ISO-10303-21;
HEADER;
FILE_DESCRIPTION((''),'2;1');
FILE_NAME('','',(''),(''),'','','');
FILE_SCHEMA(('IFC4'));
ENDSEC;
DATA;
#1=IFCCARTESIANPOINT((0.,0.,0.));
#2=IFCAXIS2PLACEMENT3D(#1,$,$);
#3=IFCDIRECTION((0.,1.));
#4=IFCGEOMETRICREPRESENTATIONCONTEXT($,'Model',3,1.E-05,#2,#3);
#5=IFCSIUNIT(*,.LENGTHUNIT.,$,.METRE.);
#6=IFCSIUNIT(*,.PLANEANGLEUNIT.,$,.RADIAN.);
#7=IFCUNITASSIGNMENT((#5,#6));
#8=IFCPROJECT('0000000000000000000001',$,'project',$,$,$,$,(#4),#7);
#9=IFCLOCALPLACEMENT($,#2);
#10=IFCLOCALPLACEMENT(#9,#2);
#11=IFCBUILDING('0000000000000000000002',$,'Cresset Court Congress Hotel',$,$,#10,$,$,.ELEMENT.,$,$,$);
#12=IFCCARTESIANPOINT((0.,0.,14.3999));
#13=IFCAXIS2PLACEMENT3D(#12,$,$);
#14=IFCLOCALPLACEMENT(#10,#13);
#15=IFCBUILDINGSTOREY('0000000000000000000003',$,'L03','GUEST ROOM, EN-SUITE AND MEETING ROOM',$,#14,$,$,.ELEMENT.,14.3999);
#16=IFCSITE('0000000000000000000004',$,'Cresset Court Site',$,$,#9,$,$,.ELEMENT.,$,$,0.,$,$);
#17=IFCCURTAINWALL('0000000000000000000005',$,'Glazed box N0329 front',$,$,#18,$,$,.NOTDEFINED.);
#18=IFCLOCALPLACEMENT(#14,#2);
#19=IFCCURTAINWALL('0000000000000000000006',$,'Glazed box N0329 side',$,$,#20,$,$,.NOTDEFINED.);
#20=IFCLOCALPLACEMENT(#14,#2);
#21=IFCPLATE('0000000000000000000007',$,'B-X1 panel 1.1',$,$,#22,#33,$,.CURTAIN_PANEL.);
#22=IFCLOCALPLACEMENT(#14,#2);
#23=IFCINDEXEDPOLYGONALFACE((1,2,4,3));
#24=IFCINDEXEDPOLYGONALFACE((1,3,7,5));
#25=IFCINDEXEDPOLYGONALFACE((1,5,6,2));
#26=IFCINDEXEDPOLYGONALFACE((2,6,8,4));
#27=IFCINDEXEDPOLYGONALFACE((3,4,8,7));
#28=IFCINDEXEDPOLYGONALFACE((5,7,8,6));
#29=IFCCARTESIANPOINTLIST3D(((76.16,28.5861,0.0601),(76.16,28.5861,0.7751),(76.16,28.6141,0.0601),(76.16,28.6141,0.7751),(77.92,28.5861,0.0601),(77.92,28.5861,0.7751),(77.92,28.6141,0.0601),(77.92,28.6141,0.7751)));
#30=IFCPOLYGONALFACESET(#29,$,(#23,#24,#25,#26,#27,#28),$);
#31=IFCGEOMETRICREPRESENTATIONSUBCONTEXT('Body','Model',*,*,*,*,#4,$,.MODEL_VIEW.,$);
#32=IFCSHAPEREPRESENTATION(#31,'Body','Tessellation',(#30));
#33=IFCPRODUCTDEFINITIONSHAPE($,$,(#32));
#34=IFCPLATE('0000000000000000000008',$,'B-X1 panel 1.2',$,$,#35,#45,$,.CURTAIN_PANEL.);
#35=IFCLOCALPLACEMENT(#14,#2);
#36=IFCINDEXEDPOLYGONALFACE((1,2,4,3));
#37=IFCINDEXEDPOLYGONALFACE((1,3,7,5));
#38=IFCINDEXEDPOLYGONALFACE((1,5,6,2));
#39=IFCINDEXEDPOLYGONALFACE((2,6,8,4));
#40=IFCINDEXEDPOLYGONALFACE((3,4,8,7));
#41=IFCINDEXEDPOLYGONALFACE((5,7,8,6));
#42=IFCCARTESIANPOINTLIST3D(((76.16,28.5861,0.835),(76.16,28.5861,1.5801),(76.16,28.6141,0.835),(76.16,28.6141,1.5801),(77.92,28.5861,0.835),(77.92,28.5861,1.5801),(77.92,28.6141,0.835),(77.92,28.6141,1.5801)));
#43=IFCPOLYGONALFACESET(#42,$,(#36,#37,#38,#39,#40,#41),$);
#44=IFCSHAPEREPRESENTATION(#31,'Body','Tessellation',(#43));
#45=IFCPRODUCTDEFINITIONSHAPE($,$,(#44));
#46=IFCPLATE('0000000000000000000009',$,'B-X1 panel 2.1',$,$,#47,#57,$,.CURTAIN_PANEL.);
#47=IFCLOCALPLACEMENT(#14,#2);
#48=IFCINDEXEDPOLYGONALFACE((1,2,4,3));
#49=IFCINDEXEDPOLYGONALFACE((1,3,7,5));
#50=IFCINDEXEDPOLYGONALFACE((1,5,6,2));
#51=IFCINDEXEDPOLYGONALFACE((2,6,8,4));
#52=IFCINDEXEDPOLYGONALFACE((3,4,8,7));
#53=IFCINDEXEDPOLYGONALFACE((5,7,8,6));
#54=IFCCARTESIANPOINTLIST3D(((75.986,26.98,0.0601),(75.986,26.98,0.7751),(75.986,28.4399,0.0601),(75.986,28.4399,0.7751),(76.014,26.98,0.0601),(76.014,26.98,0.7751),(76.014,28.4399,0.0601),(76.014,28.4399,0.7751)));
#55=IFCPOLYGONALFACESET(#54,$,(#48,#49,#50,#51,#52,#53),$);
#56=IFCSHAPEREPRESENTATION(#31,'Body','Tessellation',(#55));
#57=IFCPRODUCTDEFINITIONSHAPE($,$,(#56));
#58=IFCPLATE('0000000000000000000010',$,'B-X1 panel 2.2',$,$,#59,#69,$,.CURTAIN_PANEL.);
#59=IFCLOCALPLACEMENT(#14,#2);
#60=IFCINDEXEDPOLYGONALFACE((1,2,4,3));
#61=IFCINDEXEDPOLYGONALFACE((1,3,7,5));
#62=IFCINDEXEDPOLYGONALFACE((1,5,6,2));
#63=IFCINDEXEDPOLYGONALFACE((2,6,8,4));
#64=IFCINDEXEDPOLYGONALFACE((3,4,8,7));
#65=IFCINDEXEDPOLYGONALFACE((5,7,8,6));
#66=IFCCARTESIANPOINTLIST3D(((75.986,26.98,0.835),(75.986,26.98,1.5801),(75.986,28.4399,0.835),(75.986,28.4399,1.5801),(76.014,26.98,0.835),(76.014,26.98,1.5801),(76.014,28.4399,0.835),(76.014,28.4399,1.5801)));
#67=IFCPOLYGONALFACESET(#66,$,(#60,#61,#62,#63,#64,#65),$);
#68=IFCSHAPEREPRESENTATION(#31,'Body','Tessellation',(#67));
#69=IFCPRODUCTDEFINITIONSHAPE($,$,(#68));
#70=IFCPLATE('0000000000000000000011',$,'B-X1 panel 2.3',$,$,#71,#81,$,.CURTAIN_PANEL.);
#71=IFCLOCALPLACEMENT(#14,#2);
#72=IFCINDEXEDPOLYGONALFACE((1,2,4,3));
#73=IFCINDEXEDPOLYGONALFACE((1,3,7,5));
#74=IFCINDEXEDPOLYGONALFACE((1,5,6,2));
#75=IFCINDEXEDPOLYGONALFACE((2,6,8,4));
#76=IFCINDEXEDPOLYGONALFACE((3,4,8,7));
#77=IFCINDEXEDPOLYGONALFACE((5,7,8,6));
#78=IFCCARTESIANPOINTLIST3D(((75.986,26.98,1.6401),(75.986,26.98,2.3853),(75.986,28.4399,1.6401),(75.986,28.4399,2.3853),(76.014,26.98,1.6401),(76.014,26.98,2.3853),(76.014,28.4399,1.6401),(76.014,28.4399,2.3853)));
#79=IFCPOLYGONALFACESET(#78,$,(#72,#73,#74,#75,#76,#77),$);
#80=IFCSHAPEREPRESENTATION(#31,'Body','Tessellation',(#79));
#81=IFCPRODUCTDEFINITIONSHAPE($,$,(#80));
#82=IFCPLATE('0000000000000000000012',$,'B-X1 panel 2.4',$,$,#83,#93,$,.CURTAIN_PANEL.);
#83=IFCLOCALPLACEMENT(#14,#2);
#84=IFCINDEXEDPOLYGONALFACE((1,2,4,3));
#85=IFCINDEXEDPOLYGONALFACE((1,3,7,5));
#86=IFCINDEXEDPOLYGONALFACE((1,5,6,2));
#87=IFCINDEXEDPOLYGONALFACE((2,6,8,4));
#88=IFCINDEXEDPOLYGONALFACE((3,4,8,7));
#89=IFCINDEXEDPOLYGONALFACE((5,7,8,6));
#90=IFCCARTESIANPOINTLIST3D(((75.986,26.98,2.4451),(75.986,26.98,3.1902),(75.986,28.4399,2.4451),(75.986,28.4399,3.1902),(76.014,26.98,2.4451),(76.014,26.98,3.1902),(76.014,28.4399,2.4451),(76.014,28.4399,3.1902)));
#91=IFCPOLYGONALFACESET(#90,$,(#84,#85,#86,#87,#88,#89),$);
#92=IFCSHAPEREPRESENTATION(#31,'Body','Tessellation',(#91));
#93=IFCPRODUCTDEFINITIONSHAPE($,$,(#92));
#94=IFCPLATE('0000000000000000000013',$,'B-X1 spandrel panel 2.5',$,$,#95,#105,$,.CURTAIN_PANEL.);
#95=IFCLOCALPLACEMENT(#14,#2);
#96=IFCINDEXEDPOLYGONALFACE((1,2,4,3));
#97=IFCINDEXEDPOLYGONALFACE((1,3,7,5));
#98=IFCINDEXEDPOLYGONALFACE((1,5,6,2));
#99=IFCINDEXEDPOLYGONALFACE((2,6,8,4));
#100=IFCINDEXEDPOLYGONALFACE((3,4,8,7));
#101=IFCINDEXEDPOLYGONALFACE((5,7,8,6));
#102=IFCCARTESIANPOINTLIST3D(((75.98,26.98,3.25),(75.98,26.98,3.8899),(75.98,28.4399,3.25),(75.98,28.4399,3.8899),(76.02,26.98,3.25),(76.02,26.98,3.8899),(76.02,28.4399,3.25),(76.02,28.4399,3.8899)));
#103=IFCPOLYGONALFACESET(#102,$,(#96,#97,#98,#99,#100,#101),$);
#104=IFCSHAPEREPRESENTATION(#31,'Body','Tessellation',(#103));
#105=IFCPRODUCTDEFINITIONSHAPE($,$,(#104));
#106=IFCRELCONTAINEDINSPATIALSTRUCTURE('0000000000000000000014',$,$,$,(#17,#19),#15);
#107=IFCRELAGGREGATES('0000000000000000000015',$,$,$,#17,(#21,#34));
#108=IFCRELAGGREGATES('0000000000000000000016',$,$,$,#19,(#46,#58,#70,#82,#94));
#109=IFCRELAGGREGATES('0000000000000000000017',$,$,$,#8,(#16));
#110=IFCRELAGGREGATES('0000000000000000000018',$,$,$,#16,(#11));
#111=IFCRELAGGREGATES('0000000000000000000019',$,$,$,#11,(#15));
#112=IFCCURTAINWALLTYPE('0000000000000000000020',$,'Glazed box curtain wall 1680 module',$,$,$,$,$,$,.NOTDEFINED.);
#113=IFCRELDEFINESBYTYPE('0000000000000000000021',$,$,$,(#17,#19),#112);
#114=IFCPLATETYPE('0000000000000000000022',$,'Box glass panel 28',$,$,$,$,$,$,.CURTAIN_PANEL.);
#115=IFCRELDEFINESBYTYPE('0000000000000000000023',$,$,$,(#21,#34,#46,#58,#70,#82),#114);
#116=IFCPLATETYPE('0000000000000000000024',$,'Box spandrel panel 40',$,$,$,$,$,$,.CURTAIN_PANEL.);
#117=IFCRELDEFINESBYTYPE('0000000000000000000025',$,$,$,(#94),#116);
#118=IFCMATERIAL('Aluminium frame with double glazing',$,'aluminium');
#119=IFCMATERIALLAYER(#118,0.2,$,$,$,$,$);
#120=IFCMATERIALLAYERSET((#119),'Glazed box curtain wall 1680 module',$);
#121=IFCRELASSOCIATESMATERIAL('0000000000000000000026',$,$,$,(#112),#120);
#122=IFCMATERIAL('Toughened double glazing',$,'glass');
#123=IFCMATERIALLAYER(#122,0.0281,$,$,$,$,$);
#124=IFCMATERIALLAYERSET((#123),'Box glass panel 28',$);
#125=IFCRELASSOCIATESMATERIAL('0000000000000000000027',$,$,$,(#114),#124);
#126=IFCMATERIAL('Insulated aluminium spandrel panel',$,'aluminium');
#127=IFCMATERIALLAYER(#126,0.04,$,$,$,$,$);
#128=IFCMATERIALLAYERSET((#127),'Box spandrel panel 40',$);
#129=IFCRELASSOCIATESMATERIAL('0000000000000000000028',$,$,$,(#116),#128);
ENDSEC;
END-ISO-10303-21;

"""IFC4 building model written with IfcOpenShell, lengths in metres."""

from ifc_helpers import new_model, si_unit, direction, frame, origin, origin_2d, place, context, subcontext, project, spatial, rectangle, extrude, material, layer, layer_set, type_object, element, aggregate, save


model = new_model("IFC4")

# Units and contexts
model_context = context("Model", 3, precision=1e-05, world=origin(), true_north=direction((0.0, 1.0)))
body_context = subcontext(model_context, "Body", "Model", "MODEL_VIEW")
ifc_project = project(units=[si_unit("LENGTHUNIT", "METRE"), si_unit("PLANEANGLEUNIT", "RADIAN")], contexts=[model_context])

# Site, building, storey
site_placement = place(None, origin())
site = spatial("IfcSite", under=ifc_project, at=site_placement, Name="Cresset Court Site", CompositionType="ELEMENT", RefElevation=0.0)
building_placement = place(site_placement, origin())
building = spatial("IfcBuilding", under=site, at=building_placement, Name="Cresset Court Congress Hotel", CompositionType="ELEMENT")
storey_placement = place(building_placement, frame((0.0, 0.0, 14.3999)))
storey = spatial("IfcBuildingStorey", under=building, at=storey_placement, Name="L03", Description="GUEST ROOM, EN-SUITE AND MEETING ROOM", CompositionType="ELEMENT", Elevation=14.3999)

# Curtain walls
ifc_material_1 = material(Name="Aluminium frame with double glazing", Category="aluminium")
ifc_layer_1 = layer(ifc_material_1, 0.2)
ifc_layer_set_1 = layer_set([ifc_layer_1], Name="Glazed box curtain wall 1680 module")
curtain_wall_type = type_object("IfcCurtainWallType", Name="Glazed box curtain wall 1680 module", PredefinedType="NOTDEFINED", material=ifc_layer_set_1)
curtain_wall_1_placement = place(storey_placement, origin())
curtain_wall_1 = element("IfcCurtainWall", 1, at=curtain_wall_1_placement, inside=storey, type_object=curtain_wall_type, Name="Glazed box N0329 front", PredefinedType="NOTDEFINED")
curtain_wall_2_placement = place(storey_placement, origin())
curtain_wall_2 = element("IfcCurtainWall", 2, at=curtain_wall_2_placement, inside=storey, type_object=curtain_wall_type, Name="Glazed box N0329 side", PredefinedType="NOTDEFINED")

# Plates
ifc_material_2 = material(Name="Toughened double glazing", Category="glass")
ifc_layer_2 = layer(ifc_material_2, 0.0281)
ifc_layer_set_2 = layer_set([ifc_layer_2], Name="Box glass panel 28")
plate_type_1 = type_object("IfcPlateType", Name="Box glass panel 28", PredefinedType="CURTAIN_PANEL", material=ifc_layer_set_2)
plate_1_placement = place(storey_placement, frame((77.04, 28.6001, 0.0601), z_axis=(0.0, 0.0, 1.0), x_axis=(1.0, 0.0, 0.0)))
plate_1 = element("IfcPlate", 3, at=plate_1_placement, type_object=plate_type_1, Name="B-X1 panel 1.1", PredefinedType="CURTAIN_PANEL", context=body_context, shape_type="SweptSolid", body=[
    extrude(rectangle(XDim=1.76, YDim=0.0281, at=origin_2d()), origin(), (0.0, 0.0, 1.0), 0.7151),
])
plate_2_placement = place(storey_placement, frame((77.04, 28.6001, 0.835), z_axis=(0.0, 0.0, 1.0), x_axis=(1.0, 0.0, 0.0)))
plate_2 = element("IfcPlate", 4, at=plate_2_placement, type_object=plate_type_1, Name="B-X1 panel 1.2", PredefinedType="CURTAIN_PANEL", context=body_context, shape_type="SweptSolid", body=[
    extrude(rectangle(XDim=1.76, YDim=0.0281, at=origin_2d()), origin(), (0.0, 0.0, 1.0), 0.7451),
])
aggregate(curtain_wall_1, [plate_1, plate_2])
plate_3_placement = place(storey_placement, frame((76.0, 27.71, 0.0601), z_axis=(0.0, 0.0, 1.0), x_axis=(0.0, 1.0, 0.0)))
plate_3 = element("IfcPlate", 5, at=plate_3_placement, type_object=plate_type_1, Name="B-X1 panel 2.1", PredefinedType="CURTAIN_PANEL", context=body_context, shape_type="SweptSolid", body=[
    extrude(rectangle(XDim=1.46, YDim=0.0281, at=origin_2d()), origin(), (0.0, 0.0, 1.0), 0.7151),
])
plate_4_placement = place(storey_placement, frame((76.0, 27.71, 0.835), z_axis=(0.0, 0.0, 1.0), x_axis=(0.0, 1.0, 0.0)))
plate_4 = element("IfcPlate", 6, at=plate_4_placement, type_object=plate_type_1, Name="B-X1 panel 2.2", PredefinedType="CURTAIN_PANEL", context=body_context, shape_type="SweptSolid", body=[
    extrude(rectangle(XDim=1.46, YDim=0.0281, at=origin_2d()), origin(), (0.0, 0.0, 1.0), 0.7451),
])
plate_5_placement = place(storey_placement, frame((76.0, 27.71, 1.6401), z_axis=(0.0, 0.0, 1.0), x_axis=(0.0, 1.0, 0.0)))
plate_5 = element("IfcPlate", 7, at=plate_5_placement, type_object=plate_type_1, Name="B-X1 panel 2.3", PredefinedType="CURTAIN_PANEL", context=body_context, shape_type="SweptSolid", body=[
    extrude(rectangle(XDim=1.46, YDim=0.0281, at=origin_2d()), origin(), (0.0, 0.0, 1.0), 0.7451),
])
plate_6_placement = place(storey_placement, frame((76.0, 27.71, 2.4451), z_axis=(0.0, 0.0, 1.0), x_axis=(0.0, 1.0, 0.0)))
plate_6 = element("IfcPlate", 8, at=plate_6_placement, type_object=plate_type_1, Name="B-X1 panel 2.4", PredefinedType="CURTAIN_PANEL", context=body_context, shape_type="SweptSolid", body=[
    extrude(rectangle(XDim=1.46, YDim=0.0281, at=origin_2d()), origin(), (0.0, 0.0, 1.0), 0.7451),
])
ifc_material_3 = material(Name="Insulated aluminium spandrel panel", Category="aluminium")
ifc_layer_3 = layer(ifc_material_3, 0.04)
ifc_layer_set_3 = layer_set([ifc_layer_3], Name="Box spandrel panel 40")
plate_type_2 = type_object("IfcPlateType", Name="Box spandrel panel 40", PredefinedType="CURTAIN_PANEL", material=ifc_layer_set_3)
plate_7_placement = place(storey_placement, frame((76.0, 27.71, 3.25), z_axis=(0.0, 0.0, 1.0), x_axis=(0.0, 1.0, 0.0)))
plate_7 = element("IfcPlate", 9, at=plate_7_placement, type_object=plate_type_2, Name="B-X1 spandrel panel 2.5", PredefinedType="CURTAIN_PANEL", context=body_context, shape_type="SweptSolid", body=[
    extrude(rectangle(XDim=1.46, YDim=0.04, at=origin_2d()), origin(), (0.0, 0.0, 1.0), 0.6399),
])
aggregate(curtain_wall_2, [plate_3, plate_4, plate_5, plate_6, plate_7])

save(model, "model.ifc")
